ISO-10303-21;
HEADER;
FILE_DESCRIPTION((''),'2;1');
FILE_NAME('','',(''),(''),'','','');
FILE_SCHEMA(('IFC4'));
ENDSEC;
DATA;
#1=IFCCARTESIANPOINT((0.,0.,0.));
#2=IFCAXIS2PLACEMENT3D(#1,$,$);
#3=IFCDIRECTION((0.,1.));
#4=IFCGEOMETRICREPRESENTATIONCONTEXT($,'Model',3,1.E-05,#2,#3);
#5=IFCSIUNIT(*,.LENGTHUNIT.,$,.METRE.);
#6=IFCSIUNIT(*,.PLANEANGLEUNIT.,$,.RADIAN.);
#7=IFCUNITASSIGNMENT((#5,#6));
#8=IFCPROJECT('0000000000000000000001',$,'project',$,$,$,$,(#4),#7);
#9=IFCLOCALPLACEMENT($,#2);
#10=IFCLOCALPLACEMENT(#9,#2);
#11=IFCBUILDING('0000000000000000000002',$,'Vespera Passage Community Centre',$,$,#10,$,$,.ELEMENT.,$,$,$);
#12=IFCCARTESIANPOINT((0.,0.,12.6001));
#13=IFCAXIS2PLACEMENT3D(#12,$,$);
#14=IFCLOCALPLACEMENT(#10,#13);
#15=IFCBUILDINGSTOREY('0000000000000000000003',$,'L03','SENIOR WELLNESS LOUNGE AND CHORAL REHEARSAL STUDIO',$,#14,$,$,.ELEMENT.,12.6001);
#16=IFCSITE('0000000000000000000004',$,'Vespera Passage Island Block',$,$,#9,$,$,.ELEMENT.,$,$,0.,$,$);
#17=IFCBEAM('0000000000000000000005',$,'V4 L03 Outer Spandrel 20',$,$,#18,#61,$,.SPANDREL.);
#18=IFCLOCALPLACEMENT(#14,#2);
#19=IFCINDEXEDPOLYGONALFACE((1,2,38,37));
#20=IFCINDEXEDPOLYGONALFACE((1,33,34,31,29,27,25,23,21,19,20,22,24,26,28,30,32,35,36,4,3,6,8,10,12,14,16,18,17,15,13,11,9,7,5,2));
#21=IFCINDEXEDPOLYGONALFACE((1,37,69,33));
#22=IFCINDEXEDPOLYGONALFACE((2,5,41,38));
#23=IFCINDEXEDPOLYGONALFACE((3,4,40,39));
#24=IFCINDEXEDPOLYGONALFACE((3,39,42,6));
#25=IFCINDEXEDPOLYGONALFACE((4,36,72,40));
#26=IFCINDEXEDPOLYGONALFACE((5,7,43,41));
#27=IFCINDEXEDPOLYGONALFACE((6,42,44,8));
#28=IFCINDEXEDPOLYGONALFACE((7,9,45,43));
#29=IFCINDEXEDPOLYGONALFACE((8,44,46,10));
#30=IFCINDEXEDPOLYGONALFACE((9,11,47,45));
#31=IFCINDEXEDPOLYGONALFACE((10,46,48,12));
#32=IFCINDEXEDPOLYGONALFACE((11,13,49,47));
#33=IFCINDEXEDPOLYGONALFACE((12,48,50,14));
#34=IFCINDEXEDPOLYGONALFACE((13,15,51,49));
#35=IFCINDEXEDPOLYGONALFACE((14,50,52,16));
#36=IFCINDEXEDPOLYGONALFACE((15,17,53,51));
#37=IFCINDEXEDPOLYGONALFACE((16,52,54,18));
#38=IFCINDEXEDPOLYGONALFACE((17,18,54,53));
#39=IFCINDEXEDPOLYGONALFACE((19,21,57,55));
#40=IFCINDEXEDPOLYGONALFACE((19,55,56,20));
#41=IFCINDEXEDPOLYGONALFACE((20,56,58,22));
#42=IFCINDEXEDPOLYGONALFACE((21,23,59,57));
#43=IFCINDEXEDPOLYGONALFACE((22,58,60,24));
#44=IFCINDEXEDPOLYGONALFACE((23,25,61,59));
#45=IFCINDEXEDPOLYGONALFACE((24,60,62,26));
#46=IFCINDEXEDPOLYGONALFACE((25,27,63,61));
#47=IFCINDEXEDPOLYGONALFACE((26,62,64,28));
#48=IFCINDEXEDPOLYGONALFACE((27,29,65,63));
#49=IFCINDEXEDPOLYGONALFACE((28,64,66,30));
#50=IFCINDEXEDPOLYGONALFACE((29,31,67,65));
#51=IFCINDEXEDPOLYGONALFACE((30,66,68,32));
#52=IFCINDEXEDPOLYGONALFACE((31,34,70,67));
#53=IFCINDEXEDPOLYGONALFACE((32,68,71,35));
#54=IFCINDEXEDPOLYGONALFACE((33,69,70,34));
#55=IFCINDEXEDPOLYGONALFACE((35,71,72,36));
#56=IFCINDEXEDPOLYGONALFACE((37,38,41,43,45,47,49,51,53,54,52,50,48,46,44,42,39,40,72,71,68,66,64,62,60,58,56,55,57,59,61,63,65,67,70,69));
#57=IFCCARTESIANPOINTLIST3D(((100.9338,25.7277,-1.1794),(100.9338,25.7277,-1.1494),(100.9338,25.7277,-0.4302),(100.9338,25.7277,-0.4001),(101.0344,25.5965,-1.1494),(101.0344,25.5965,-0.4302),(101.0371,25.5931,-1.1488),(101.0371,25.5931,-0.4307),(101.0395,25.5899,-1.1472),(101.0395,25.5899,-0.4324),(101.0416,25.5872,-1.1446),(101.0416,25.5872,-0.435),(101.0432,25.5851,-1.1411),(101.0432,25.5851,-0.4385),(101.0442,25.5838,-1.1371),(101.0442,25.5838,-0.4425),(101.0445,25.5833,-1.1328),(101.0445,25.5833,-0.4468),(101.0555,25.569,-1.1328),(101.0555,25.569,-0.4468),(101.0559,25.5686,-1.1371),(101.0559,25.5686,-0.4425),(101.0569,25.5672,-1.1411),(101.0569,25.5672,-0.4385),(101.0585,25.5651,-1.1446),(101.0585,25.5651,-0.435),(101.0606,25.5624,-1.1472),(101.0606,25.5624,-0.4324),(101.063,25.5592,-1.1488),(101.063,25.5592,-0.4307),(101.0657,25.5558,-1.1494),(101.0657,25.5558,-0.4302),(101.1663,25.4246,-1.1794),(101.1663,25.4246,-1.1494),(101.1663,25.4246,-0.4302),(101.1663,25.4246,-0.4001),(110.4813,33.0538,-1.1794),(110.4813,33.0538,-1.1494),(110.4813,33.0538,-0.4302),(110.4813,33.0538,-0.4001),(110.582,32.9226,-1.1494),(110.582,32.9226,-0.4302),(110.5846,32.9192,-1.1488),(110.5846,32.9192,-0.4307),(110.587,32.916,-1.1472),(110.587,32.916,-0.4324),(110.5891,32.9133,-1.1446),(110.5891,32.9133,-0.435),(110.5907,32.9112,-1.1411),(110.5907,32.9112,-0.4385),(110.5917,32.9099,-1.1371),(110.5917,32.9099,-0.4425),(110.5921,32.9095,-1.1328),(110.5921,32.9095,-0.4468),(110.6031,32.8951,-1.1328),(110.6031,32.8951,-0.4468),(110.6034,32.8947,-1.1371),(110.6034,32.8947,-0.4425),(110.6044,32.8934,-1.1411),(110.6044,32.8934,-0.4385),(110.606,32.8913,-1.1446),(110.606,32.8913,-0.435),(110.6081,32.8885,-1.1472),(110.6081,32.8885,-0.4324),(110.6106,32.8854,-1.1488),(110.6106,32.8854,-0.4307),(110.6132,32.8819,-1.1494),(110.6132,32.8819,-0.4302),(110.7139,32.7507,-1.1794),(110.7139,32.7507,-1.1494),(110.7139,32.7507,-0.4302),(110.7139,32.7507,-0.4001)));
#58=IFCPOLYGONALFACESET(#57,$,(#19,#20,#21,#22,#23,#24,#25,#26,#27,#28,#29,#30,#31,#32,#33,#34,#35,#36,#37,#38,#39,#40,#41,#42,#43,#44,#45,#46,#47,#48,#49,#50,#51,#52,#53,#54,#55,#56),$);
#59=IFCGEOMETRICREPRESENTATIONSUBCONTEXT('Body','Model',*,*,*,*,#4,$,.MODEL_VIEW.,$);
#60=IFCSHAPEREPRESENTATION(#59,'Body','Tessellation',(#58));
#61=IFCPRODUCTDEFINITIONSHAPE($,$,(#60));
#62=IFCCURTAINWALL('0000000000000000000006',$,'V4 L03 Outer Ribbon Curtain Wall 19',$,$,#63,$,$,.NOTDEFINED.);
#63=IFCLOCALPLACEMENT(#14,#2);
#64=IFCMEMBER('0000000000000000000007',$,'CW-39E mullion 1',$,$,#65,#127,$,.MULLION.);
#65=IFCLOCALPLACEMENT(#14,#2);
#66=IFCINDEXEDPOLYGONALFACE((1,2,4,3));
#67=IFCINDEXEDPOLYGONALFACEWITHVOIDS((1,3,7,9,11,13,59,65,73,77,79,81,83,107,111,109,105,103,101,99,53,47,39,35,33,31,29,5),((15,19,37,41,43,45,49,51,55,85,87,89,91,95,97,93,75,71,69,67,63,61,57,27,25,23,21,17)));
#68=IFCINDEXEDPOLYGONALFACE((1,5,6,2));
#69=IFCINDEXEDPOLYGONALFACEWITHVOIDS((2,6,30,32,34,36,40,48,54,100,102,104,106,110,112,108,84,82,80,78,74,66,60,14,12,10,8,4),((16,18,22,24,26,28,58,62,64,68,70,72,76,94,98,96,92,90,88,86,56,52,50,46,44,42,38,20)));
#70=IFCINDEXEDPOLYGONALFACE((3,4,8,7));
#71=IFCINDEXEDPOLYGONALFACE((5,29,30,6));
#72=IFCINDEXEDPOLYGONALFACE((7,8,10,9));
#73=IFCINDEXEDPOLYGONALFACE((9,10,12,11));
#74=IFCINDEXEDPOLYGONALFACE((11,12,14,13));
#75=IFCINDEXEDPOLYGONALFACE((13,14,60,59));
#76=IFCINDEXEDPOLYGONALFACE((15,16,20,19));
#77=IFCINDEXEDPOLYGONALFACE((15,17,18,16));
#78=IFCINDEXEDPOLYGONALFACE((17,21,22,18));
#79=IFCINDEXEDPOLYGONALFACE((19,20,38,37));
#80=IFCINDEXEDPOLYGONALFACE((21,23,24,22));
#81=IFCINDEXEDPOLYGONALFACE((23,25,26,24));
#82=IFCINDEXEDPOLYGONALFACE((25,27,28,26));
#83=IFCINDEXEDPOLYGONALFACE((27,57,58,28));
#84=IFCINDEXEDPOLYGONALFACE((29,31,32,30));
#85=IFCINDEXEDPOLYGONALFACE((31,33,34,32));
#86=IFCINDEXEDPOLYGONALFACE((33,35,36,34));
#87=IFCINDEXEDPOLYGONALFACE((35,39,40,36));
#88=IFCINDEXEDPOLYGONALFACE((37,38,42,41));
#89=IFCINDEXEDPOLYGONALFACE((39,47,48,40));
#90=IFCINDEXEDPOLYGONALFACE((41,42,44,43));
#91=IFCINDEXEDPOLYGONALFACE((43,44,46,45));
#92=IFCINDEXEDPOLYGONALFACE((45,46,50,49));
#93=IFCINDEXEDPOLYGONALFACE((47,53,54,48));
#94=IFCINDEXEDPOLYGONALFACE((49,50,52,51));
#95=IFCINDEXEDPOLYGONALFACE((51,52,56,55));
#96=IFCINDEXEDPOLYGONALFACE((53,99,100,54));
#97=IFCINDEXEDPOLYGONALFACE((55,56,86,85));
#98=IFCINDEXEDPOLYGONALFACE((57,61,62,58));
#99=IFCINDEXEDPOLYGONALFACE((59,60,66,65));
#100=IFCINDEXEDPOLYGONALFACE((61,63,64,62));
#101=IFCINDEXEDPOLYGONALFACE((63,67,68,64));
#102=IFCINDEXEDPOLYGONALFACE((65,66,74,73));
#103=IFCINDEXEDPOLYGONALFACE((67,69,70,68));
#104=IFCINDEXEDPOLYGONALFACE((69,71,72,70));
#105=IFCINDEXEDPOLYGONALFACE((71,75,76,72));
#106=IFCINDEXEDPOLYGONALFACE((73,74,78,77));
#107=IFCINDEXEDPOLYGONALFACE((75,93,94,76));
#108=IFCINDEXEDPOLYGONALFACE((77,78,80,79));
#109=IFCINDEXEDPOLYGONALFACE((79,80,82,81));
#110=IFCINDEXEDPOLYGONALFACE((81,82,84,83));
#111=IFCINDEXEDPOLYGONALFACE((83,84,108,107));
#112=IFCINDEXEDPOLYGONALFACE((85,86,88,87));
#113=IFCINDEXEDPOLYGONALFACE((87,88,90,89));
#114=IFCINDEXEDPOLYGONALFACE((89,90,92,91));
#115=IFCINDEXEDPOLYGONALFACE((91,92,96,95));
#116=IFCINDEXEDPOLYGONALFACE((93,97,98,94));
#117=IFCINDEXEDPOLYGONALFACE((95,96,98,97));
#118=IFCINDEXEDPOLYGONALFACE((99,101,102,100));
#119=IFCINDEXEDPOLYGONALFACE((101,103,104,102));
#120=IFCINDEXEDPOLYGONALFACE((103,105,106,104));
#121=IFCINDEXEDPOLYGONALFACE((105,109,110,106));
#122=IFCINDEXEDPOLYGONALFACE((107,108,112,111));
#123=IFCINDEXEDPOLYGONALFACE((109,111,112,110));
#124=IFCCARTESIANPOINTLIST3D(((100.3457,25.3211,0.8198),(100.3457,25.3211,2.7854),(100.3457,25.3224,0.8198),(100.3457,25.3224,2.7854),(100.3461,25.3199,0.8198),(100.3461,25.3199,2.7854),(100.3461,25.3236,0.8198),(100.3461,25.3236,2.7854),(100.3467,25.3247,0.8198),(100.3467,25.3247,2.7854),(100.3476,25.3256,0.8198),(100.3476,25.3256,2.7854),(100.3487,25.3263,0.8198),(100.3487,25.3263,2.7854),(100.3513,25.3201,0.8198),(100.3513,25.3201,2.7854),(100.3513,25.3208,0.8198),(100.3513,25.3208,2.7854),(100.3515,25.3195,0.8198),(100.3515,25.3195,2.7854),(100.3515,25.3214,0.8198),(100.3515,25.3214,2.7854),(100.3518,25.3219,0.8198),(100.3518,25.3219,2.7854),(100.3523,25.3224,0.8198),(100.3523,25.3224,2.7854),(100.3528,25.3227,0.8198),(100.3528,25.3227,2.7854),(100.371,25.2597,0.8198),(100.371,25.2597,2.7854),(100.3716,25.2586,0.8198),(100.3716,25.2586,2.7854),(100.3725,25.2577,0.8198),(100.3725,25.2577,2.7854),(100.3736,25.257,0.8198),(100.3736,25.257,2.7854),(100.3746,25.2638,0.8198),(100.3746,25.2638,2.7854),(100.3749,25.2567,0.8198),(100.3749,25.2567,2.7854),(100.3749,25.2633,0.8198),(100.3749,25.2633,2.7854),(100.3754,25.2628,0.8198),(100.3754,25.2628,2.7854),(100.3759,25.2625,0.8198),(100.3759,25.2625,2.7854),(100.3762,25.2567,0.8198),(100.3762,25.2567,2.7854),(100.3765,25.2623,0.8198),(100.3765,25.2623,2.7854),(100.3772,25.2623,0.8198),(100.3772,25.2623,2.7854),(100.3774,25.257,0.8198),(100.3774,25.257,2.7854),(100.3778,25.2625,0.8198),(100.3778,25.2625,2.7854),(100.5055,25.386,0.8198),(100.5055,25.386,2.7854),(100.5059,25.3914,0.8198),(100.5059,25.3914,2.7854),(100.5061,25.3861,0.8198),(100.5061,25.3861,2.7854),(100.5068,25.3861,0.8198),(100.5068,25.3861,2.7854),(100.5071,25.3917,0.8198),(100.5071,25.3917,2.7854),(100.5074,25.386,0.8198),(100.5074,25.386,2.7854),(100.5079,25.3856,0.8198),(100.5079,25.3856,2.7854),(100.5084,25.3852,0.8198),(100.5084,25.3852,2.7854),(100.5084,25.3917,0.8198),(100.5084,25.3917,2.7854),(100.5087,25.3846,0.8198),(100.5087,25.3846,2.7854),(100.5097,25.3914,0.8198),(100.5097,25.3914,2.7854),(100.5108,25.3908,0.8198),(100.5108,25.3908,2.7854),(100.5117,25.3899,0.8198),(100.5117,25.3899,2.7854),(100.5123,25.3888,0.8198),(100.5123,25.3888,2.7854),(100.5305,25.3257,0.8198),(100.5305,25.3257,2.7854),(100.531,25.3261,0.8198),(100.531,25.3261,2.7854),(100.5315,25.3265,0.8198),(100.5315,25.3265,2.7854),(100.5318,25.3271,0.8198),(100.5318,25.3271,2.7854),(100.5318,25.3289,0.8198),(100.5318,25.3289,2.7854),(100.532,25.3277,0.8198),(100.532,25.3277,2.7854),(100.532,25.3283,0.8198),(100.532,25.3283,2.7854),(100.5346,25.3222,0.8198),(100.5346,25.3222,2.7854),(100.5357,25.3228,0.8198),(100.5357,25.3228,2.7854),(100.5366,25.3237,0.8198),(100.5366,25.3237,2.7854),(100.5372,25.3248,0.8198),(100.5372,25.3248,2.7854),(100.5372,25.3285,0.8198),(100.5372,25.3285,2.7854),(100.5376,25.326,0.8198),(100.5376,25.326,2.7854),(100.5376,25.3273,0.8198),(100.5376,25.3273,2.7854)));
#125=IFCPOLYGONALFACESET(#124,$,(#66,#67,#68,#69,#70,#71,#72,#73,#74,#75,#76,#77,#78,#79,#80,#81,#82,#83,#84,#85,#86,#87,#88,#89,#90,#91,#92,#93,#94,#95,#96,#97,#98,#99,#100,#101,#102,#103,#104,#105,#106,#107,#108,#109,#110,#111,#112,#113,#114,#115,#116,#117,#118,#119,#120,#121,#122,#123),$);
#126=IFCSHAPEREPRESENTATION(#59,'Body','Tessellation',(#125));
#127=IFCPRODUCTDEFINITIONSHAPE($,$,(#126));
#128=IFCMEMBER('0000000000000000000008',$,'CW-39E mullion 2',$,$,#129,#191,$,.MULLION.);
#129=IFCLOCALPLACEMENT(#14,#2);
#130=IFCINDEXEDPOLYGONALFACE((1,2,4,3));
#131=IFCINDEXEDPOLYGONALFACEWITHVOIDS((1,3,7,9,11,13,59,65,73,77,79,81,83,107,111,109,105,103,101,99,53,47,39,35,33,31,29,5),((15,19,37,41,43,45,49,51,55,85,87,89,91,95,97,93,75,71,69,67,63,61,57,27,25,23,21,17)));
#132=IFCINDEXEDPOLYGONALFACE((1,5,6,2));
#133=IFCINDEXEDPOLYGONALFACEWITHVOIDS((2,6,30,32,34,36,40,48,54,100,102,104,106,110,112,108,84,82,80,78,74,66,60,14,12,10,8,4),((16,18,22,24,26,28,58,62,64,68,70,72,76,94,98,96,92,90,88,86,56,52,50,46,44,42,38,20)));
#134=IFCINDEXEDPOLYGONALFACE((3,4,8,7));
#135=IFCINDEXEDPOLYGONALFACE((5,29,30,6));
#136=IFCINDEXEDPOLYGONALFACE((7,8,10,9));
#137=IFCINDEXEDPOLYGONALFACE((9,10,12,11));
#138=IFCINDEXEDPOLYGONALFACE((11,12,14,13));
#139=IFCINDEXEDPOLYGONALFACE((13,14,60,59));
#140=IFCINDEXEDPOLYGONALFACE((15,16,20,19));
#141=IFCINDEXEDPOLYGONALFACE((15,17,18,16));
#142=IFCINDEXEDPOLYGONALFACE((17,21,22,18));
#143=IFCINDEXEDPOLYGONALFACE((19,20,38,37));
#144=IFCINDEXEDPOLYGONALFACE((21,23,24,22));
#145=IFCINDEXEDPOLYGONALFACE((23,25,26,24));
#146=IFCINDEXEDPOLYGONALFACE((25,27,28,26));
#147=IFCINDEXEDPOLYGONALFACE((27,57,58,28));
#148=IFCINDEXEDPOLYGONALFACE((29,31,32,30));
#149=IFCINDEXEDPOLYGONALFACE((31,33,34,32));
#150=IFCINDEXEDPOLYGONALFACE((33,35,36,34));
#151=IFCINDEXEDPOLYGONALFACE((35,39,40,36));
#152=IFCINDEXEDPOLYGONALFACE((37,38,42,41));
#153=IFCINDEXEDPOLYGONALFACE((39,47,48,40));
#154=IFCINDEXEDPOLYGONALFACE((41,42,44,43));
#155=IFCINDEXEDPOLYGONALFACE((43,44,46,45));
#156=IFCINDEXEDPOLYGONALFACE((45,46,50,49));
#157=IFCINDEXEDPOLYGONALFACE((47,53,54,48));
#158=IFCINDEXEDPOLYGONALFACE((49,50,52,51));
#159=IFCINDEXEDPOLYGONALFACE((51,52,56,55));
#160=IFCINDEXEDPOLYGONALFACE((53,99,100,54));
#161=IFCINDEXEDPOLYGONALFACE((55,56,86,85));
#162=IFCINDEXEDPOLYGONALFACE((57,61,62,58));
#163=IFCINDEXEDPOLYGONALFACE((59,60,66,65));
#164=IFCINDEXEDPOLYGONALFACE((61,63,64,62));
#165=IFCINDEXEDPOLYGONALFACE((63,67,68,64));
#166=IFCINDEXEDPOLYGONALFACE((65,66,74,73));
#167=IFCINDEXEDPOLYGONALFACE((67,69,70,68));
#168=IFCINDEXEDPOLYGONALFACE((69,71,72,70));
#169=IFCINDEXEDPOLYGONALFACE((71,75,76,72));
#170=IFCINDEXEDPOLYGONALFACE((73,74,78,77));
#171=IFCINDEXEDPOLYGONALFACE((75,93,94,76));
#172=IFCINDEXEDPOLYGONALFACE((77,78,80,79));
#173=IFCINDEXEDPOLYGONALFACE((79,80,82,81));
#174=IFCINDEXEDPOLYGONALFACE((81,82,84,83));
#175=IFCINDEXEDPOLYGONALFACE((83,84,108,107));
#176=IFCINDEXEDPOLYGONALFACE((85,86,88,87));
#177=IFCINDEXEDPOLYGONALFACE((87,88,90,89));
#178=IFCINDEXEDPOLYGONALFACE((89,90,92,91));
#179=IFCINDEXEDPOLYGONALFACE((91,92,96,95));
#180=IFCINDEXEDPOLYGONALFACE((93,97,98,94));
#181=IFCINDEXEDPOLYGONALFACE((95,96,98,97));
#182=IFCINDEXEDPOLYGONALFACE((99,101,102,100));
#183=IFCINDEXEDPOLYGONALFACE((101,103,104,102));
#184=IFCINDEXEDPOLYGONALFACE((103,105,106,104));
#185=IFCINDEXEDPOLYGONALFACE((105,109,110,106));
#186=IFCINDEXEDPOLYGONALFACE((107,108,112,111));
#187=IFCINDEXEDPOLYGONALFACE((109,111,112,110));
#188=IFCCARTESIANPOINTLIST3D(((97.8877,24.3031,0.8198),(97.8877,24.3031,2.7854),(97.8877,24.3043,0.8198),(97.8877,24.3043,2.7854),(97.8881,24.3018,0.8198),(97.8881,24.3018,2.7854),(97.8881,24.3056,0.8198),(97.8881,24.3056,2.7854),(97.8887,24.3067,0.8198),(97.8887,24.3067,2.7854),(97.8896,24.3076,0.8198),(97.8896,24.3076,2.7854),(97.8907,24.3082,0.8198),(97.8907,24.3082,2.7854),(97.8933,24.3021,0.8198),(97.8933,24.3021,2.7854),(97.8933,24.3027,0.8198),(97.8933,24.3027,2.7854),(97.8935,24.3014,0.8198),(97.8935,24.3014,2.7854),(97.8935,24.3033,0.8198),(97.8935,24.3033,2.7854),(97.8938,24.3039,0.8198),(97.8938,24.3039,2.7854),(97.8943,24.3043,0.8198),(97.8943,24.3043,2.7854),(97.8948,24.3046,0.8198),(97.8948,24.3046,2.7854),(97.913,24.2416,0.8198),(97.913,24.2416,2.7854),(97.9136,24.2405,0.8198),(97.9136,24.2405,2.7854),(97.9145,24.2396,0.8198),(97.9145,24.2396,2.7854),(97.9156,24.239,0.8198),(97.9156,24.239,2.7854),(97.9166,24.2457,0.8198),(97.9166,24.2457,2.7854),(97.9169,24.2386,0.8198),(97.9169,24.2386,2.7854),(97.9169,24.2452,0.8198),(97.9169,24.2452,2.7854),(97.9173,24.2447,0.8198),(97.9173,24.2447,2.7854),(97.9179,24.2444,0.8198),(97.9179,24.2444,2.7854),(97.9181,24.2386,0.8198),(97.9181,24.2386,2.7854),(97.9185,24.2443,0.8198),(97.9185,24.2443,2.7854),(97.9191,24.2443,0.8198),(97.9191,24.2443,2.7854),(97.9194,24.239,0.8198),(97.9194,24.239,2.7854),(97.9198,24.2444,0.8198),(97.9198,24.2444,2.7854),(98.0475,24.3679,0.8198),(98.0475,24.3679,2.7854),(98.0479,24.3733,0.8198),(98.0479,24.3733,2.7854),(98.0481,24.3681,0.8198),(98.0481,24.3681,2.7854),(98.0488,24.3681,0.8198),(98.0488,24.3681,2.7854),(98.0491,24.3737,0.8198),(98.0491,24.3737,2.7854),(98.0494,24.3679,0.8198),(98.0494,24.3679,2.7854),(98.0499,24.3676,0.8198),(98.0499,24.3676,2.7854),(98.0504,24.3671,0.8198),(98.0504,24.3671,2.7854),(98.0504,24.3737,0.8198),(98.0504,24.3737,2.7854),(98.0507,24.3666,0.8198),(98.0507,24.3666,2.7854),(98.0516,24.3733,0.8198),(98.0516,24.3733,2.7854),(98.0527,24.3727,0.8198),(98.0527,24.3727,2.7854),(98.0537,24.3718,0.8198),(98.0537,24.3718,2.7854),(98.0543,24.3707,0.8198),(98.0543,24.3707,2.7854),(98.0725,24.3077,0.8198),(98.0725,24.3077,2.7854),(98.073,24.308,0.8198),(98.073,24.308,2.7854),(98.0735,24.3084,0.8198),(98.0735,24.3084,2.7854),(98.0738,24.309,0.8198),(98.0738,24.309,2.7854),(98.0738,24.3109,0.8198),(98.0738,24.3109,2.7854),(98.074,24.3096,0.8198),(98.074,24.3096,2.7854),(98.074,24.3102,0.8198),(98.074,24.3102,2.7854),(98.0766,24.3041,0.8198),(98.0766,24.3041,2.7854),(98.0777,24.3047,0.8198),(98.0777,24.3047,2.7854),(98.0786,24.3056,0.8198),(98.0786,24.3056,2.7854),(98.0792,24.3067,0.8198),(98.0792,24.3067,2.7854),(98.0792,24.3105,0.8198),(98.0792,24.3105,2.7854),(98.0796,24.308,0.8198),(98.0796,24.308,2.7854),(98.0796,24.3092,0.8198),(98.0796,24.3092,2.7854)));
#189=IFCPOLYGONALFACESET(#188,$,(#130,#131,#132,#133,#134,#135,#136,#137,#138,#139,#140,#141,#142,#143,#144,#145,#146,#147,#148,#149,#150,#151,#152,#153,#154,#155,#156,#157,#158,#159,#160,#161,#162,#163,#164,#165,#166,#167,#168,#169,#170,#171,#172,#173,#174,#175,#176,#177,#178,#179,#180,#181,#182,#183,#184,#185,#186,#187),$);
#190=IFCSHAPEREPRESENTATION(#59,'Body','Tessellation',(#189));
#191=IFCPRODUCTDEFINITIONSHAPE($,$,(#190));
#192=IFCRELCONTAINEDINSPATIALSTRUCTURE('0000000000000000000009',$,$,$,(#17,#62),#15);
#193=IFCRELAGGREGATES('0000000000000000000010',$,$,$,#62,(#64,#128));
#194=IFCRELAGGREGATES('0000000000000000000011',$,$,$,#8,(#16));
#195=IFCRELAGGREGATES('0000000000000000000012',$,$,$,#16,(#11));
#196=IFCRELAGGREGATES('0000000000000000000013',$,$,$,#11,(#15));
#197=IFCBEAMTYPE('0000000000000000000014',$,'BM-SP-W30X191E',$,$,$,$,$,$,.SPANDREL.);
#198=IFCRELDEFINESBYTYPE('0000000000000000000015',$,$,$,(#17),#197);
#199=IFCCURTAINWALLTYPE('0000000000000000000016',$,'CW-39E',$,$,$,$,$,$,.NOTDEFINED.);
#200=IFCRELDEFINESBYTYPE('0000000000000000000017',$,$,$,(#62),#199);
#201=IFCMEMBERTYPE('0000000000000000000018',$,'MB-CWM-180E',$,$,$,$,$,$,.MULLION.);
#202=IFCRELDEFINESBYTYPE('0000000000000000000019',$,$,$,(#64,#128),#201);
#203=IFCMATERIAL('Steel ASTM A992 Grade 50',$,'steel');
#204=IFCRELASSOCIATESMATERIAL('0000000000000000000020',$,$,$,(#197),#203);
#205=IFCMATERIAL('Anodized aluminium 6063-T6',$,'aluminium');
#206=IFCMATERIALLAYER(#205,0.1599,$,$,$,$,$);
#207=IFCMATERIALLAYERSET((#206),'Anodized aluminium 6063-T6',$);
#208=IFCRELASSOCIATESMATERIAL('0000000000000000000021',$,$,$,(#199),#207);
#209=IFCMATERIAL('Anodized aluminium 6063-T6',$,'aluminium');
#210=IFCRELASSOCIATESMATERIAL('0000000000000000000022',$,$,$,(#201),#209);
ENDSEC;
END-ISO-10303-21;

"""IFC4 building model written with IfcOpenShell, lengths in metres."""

from ifc_helpers import new_model, si_unit, direction, frame, origin, origin_2d, place, context, subcontext, project, spatial, hollow_rectangle, i_section, extrude, material, layer, layer_set, material_profile, profile_set, type_object, element, aggregate, save


model = new_model("IFC4")

# Units and contexts
model_context = context("Model", 3, precision=1e-05, world=origin(), true_north=direction((0.0, 1.0)))
body_context = subcontext(model_context, "Body", "Model", "MODEL_VIEW")
ifc_project = project(units=[si_unit("LENGTHUNIT", "METRE"), si_unit("PLANEANGLEUNIT", "RADIAN")], contexts=[model_context])

# Site, building, storey
site_placement = place(None, origin())
site = spatial("IfcSite", under=ifc_project, at=site_placement, Name="Vespera Passage Island Block", CompositionType="ELEMENT", RefElevation=0.0)
building_placement = place(site_placement, origin())
building = spatial("IfcBuilding", under=site, at=building_placement, Name="Vespera Passage Community Centre", CompositionType="ELEMENT")
storey_placement = place(building_placement, frame((0.0, 0.0, 12.6001)))
storey = spatial("IfcBuildingStorey", under=building, at=storey_placement, Name="L03", Description="SENIOR WELLNESS LOUNGE AND CHORAL REHEARSAL STUDIO", CompositionType="ELEMENT", Elevation=12.6001)

# Beam
ifc_material_1 = material(Name="Steel ASTM A992 Grade 50", Category="steel")
ifc_material_profile_1 = material_profile(ifc_material_1, i_section(OverallWidth=0.3821, OverallDepth=0.7793, WebThickness=0.0181, FlangeThickness=0.03, FilletRadius=0.0166, at=origin_2d()), Name="W30X191")
ifc_profile_set_1 = profile_set([ifc_material_profile_1], Name="Steel ASTM A992 Grade 50")
beam_type_1 = type_object("IfcBeamType", Name="BM-SP-W30X191E", PredefinedType="SPANDREL", material=ifc_profile_set_1)
beam_1_placement = place(storey_placement, frame((101.05, 25.5762, -0.7898), z_axis=(0.793352, 0.608763, 0.0), x_axis=(-0.608763, 0.793352, 0.0)))
element("IfcBeam", 1, at=beam_1_placement, inside=storey, type_object=beam_type_1, Name="V4 L03 Outer Spandrel 20", PredefinedType="SPANDREL", context=body_context, shape_type="SweptSolid", body=[
    extrude(i_section(OverallWidth=0.3821, OverallDepth=0.7793, WebThickness=0.0181, FlangeThickness=0.03, FilletRadius=0.0166, at=origin_2d()), origin(), (0.0, 0.0, 1.0), 12.0344),
])

# Curtain wall, members
ifc_material_2 = material(Name="Anodized aluminium 6063-T6", Category="aluminium")
ifc_layer_1 = layer(ifc_material_2, 0.1599)
ifc_layer_set_1 = layer_set([ifc_layer_1], Name="Anodized aluminium 6063-T6")
curtain_wall_type_1 = type_object("IfcCurtainWallType", Name="CW-39E", PredefinedType="NOTDEFINED", material=ifc_layer_set_1)
curtain_wall_1_placement = place(storey_placement, origin())
curtain_wall_1 = element("IfcCurtainWall", 2, at=curtain_wall_1_placement, inside=storey, type_object=curtain_wall_type_1, Name="V4 L03 Outer Ribbon Curtain Wall 19", PredefinedType="NOTDEFINED")
ifc_material_3 = material(Name="Anodized aluminium 6063-T6", Category="aluminium")
ifc_material_profile_2 = material_profile(ifc_material_3, hollow_rectangle(XDim=0.075, YDim=0.1799, WallThickness=0.0049, InnerFilletRadius=0.0024, OuterFilletRadius=0.0049, at=origin_2d()), Name="ALU180X75X5")
ifc_profile_set_2 = profile_set([ifc_material_profile_2], Name="Anodized aluminium 6063-T6")
member_type_1 = type_object("IfcMemberType", Name="MB-CWM-180E", PredefinedType="MULLION", material=ifc_profile_set_2)
member_1_placement = place(storey_placement, frame((100.4417, 25.3242, 0.8198), z_axis=(0.0, 0.0, 1.0), x_axis=(0.382683, -0.92388, 0.0)))
member_1 = element("IfcMember", 3, at=member_1_placement, type_object=member_type_1, Name="CW-39E mullion 1", PredefinedType="MULLION", context=body_context, shape_type="SweptSolid", body=[
    extrude(hollow_rectangle(XDim=0.075, YDim=0.1799, WallThickness=0.0049, InnerFilletRadius=0.0024, OuterFilletRadius=0.0049, at=origin_2d()), origin(), (0.0, 0.0, 1.0), 1.9656),
])
member_2_placement = place(storey_placement, frame((97.9836, 24.3062, 0.8198), z_axis=(0.0, 0.0, 1.0), x_axis=(0.382683, -0.92388, 0.0)))
member_2 = element("IfcMember", 4, at=member_2_placement, type_object=member_type_1, Name="CW-39E mullion 2", PredefinedType="MULLION", context=body_context, shape_type="SweptSolid", body=[
    extrude(hollow_rectangle(XDim=0.075, YDim=0.1799, WallThickness=0.0049, InnerFilletRadius=0.0024, OuterFilletRadius=0.0049, at=origin_2d()), origin(), (0.0, 0.0, 1.0), 1.9656),
])

aggregate(curtain_wall_1, [member_1, member_2])

save(model, "model.ifc")
